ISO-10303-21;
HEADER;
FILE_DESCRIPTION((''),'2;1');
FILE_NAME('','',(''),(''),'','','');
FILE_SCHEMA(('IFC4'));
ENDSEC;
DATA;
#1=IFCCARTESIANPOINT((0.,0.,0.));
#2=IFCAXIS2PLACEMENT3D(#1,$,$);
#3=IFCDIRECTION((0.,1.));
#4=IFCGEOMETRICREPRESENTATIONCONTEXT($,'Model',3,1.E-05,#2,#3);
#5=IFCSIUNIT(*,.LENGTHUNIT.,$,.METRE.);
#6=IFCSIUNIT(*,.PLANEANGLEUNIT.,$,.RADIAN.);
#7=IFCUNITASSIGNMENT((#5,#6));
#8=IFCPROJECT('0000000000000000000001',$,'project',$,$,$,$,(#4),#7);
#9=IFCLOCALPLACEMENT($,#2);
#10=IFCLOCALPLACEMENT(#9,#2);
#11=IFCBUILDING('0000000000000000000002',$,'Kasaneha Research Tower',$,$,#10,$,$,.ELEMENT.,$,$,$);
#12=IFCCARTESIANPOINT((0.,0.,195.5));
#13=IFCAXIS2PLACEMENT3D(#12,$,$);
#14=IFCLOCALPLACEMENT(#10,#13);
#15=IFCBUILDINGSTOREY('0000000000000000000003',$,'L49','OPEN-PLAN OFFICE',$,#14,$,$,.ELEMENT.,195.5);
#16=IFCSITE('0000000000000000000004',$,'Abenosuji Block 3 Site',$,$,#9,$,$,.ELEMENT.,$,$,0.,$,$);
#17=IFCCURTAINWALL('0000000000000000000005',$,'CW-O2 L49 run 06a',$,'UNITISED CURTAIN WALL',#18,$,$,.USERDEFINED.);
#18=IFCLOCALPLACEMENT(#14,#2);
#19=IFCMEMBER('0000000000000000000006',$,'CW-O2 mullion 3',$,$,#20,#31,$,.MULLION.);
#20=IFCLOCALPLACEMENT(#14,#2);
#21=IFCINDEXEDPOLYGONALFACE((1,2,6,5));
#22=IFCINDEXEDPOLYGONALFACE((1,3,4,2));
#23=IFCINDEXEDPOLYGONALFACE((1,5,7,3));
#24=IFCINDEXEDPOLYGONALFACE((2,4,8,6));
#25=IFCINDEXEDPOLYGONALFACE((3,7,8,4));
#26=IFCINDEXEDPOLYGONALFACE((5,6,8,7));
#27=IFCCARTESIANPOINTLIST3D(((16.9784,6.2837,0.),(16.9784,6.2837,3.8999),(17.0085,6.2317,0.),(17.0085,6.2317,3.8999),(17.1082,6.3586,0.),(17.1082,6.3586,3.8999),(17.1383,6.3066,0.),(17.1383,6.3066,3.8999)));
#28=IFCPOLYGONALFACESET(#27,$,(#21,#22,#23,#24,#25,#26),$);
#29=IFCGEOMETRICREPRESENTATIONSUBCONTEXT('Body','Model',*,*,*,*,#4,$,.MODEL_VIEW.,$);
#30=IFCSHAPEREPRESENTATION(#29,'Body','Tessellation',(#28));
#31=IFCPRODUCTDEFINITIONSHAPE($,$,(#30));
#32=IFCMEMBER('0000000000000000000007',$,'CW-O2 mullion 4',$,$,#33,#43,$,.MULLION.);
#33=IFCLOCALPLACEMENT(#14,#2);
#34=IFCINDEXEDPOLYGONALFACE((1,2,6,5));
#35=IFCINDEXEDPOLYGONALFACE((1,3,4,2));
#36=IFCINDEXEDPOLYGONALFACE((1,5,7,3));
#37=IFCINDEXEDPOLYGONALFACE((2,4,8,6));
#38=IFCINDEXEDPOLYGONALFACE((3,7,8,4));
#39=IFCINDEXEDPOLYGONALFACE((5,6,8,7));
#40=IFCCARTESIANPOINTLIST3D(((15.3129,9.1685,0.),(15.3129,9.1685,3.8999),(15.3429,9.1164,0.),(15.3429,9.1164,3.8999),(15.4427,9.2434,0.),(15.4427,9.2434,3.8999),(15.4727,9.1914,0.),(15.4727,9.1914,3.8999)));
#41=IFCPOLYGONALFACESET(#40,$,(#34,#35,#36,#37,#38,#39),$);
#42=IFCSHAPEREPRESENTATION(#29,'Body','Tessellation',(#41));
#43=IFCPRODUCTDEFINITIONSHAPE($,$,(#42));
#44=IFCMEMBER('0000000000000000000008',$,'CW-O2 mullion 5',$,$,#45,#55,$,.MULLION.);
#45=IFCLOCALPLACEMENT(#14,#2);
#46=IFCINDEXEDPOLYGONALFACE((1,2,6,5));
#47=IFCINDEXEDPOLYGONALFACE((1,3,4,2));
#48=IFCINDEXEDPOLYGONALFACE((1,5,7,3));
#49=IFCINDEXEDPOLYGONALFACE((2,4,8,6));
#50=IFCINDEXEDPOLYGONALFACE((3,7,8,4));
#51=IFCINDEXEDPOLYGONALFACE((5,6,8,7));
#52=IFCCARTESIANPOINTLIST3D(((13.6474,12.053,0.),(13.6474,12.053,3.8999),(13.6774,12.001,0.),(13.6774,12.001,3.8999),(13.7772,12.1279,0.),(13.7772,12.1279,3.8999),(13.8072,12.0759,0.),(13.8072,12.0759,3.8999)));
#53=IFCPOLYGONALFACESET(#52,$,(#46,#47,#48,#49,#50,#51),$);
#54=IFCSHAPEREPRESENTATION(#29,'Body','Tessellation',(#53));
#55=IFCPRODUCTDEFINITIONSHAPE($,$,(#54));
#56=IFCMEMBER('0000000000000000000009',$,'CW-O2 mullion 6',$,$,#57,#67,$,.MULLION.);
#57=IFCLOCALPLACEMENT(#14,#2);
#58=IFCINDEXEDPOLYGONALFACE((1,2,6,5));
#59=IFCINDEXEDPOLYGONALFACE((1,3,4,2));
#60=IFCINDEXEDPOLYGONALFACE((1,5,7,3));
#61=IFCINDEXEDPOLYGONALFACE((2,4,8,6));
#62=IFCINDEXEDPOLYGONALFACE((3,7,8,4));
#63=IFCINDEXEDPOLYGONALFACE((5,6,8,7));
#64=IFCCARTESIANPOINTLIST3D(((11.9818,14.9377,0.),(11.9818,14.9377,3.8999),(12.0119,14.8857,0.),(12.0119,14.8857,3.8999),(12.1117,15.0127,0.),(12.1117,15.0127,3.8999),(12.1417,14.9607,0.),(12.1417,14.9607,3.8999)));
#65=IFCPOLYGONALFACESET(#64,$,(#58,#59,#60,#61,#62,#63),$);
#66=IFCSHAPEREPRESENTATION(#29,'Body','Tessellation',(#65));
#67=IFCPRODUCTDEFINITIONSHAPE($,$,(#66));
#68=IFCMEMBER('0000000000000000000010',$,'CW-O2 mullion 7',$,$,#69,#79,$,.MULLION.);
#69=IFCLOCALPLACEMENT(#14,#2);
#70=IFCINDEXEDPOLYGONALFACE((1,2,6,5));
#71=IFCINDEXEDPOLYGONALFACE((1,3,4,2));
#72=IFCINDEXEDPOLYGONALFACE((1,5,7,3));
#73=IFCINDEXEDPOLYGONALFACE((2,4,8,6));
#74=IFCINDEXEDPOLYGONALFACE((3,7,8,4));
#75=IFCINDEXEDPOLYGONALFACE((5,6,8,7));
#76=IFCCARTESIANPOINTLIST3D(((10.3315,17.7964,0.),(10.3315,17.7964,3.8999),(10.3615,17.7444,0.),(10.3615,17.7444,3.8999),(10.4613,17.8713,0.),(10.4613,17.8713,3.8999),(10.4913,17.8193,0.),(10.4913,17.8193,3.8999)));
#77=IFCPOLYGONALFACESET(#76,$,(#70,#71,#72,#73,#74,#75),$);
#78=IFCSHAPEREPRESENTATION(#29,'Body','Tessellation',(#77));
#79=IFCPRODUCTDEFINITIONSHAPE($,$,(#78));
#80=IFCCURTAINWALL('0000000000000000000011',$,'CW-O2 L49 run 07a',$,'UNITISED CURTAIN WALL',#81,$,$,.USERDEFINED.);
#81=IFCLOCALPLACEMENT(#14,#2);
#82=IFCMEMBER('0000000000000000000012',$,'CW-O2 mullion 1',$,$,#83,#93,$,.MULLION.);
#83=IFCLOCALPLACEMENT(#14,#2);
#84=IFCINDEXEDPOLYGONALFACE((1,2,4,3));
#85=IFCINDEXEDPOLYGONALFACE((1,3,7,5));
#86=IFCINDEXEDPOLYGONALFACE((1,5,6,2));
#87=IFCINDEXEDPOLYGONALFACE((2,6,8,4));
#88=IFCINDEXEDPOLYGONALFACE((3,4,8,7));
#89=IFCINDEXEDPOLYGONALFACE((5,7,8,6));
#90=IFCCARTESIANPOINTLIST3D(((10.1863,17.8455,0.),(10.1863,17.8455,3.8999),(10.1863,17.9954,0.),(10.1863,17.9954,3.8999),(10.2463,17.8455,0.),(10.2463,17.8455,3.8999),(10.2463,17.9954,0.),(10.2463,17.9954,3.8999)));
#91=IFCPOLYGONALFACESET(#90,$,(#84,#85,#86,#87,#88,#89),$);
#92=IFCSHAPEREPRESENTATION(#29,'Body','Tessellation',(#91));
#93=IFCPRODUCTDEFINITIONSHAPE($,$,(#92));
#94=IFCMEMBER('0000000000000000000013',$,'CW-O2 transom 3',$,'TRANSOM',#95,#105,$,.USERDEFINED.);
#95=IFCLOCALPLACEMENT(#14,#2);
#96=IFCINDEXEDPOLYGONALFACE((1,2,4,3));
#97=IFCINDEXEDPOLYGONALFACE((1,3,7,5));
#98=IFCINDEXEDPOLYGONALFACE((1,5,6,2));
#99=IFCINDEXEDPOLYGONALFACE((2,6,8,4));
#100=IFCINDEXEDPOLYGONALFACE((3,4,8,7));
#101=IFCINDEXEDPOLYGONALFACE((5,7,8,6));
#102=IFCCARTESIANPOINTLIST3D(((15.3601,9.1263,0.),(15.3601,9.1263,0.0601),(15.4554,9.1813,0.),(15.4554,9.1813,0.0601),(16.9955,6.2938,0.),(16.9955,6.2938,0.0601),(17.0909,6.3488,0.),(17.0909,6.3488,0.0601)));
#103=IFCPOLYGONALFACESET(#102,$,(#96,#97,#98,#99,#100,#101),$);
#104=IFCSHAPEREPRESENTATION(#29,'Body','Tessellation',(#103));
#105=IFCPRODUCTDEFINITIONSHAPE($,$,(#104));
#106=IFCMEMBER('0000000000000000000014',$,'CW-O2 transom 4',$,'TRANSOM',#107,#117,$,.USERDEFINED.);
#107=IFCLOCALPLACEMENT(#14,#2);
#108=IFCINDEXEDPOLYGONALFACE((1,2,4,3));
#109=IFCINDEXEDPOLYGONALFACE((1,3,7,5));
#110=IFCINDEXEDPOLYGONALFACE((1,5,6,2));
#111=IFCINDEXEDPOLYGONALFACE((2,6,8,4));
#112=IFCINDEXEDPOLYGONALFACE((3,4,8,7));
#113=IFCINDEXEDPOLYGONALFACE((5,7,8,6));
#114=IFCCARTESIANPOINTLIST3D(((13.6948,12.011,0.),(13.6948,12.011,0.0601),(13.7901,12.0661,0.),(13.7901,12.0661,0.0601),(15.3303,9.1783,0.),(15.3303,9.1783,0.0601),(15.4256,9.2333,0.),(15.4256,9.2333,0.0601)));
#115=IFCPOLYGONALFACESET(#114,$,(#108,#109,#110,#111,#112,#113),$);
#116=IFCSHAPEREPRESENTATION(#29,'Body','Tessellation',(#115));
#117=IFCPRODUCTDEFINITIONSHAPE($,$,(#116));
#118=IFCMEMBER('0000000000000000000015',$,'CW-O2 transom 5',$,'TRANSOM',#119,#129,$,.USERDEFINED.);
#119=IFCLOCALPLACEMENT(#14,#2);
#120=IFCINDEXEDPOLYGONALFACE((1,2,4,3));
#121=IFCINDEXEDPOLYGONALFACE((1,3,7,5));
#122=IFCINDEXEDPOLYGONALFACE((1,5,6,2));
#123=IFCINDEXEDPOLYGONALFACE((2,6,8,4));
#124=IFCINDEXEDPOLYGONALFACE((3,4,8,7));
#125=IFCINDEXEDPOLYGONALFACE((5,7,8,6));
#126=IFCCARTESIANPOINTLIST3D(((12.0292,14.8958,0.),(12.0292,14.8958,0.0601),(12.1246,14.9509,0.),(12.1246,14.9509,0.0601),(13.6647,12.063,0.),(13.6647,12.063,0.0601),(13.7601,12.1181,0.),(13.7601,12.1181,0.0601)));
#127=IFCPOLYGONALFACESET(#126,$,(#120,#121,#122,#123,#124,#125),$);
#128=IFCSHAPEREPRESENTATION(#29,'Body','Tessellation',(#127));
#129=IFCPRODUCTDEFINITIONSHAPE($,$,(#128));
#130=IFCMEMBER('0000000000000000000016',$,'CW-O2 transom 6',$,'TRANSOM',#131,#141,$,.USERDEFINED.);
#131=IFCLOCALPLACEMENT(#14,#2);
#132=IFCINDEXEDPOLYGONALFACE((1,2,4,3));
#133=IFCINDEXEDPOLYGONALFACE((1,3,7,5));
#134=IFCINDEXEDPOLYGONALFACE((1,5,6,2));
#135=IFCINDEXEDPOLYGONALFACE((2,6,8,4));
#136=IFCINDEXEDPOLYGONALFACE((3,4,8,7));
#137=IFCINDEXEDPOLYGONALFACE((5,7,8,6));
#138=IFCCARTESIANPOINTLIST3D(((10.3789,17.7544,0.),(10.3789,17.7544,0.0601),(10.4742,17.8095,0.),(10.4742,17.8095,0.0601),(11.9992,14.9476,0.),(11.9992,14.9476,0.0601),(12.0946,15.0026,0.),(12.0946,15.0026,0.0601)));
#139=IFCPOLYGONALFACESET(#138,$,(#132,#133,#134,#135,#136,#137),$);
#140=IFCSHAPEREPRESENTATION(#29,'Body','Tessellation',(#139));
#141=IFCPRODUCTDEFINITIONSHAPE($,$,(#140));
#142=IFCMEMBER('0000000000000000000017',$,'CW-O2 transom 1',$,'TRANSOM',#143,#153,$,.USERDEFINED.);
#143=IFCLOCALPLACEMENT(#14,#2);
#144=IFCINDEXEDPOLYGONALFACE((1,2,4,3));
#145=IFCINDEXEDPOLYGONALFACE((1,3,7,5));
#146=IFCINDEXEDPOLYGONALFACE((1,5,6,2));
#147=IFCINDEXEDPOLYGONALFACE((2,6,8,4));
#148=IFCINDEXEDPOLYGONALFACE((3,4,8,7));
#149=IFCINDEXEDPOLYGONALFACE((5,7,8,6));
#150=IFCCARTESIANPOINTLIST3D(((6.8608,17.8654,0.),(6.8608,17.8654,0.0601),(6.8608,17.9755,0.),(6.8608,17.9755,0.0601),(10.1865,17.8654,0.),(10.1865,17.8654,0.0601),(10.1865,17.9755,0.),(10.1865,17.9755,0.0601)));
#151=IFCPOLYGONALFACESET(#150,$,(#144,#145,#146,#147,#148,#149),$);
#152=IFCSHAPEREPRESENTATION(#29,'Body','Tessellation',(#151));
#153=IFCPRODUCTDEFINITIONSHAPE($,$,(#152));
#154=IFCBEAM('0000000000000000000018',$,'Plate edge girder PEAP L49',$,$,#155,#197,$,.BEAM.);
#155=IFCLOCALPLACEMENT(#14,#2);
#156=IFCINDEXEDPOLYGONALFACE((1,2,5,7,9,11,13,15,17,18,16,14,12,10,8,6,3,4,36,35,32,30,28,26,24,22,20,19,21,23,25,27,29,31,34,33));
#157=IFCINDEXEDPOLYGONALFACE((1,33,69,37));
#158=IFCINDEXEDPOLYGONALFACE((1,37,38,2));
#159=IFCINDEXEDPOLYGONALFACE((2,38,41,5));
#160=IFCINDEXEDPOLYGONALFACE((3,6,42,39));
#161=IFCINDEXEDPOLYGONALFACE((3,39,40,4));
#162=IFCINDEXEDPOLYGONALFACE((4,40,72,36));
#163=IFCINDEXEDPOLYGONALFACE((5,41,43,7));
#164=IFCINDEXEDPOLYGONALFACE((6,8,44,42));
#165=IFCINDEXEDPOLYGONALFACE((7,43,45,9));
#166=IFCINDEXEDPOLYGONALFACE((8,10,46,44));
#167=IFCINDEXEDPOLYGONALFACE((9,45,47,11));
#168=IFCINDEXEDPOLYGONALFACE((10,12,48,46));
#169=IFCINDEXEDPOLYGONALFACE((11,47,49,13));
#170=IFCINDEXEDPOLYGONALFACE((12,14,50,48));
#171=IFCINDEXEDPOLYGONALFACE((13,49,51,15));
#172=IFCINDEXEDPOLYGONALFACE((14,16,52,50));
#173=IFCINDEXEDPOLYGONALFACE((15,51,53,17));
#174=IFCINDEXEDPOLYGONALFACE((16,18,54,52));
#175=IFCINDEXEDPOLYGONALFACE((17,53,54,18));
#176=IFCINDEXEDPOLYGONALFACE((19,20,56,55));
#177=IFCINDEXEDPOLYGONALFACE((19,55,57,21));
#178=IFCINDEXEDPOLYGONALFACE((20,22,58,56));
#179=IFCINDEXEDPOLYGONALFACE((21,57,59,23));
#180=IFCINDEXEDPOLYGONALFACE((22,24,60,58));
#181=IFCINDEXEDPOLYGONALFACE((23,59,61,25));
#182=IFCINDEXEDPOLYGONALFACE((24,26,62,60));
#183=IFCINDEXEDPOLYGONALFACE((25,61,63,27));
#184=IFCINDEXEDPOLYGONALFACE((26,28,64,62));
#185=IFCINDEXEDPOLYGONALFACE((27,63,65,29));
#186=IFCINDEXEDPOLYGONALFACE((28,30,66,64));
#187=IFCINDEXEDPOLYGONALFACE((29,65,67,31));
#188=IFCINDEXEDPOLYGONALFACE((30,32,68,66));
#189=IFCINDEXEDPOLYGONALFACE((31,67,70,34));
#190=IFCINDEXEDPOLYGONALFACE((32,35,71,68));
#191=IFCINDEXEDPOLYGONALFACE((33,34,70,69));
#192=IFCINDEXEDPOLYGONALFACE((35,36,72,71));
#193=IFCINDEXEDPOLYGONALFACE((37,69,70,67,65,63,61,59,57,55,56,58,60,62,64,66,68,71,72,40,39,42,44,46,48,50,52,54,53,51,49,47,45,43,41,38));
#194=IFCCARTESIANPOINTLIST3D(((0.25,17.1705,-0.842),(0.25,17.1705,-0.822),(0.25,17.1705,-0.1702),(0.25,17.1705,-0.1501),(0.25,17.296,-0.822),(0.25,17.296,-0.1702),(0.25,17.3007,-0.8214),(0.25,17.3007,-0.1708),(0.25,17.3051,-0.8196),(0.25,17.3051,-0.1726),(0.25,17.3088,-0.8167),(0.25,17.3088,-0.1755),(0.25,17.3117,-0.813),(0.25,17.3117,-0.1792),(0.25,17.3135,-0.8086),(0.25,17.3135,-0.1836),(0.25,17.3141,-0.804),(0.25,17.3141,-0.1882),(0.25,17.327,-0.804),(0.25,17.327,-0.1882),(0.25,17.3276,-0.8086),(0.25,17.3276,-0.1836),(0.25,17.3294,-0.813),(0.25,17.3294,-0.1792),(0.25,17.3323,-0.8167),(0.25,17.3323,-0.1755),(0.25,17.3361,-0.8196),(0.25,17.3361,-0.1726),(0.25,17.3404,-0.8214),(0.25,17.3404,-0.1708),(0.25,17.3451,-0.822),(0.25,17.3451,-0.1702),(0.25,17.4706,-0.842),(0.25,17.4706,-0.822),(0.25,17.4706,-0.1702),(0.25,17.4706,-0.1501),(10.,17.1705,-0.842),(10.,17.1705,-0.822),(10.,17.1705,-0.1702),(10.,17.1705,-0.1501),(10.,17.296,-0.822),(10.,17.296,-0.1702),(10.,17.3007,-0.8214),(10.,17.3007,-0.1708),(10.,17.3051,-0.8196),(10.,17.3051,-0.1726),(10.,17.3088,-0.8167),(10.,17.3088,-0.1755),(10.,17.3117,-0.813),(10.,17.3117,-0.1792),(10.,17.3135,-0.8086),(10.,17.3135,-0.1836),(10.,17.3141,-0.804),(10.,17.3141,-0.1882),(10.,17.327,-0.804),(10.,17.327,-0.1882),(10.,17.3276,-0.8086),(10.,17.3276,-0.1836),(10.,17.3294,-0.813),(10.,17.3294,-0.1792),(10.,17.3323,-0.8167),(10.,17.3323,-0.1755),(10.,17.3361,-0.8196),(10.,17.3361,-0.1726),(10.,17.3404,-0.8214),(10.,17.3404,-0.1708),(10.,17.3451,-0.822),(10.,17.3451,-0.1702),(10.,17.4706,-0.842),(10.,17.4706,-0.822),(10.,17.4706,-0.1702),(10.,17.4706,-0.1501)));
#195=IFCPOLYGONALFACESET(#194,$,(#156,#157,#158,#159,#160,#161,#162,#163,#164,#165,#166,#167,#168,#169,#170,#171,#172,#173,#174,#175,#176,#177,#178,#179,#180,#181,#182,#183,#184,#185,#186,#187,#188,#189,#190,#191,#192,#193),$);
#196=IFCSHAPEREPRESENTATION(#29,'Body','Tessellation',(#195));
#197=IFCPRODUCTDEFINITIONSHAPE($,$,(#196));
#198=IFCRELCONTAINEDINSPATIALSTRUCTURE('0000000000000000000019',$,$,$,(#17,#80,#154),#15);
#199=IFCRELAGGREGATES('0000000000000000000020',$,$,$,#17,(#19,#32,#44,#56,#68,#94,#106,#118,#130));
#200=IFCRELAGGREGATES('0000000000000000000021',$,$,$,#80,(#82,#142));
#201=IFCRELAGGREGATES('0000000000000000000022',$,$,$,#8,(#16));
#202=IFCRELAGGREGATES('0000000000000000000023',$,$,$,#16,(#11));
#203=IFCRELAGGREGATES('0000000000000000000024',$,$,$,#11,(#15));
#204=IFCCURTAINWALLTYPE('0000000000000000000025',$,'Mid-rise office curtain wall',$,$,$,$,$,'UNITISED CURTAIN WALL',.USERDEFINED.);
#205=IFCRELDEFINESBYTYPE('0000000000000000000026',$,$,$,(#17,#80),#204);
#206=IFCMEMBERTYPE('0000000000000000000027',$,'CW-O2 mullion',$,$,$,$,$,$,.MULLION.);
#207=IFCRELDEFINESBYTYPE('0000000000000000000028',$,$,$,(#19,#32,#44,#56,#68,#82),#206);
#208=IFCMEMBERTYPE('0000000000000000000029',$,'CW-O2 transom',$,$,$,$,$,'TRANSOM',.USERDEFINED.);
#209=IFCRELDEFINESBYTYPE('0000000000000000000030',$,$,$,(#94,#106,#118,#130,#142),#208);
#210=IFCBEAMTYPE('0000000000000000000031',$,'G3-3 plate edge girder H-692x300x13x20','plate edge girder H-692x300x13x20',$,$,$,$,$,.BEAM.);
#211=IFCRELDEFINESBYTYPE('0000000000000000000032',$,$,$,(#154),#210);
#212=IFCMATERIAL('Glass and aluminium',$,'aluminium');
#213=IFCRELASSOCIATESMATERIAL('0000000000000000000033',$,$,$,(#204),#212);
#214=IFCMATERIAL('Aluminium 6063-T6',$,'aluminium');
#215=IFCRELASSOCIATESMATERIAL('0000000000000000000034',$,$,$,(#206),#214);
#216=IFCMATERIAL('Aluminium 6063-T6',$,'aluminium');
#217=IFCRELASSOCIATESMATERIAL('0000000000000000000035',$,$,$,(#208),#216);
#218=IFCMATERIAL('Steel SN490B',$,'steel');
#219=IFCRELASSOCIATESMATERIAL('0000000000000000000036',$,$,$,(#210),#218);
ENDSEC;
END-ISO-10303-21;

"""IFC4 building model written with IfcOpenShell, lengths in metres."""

from ifc_helpers import new_model, si_unit, direction, frame, origin, origin_2d, place, context, subcontext, project, spatial, rectangle, i_section, extrude, material, material_profile, profile_set, type_object, element, aggregate, save


model = new_model("IFC4")

# Units and contexts
model_context = context("Model", 3, precision=1e-05, world=origin(), true_north=direction((0.0, 1.0)))
body_context = subcontext(model_context, "Body", "Model", "MODEL_VIEW")
ifc_project = project(units=[si_unit("LENGTHUNIT", "METRE"), si_unit("PLANEANGLEUNIT", "RADIAN")], contexts=[model_context])

# Site, building, storey
site_placement = place(None, origin())
site = spatial("IfcSite", under=ifc_project, at=site_placement, Name="Abenosuji Block 3 Site", CompositionType="ELEMENT", RefElevation=0.0)
building_placement = place(site_placement, origin())
building = spatial("IfcBuilding", under=site, at=building_placement, Name="Kasaneha Research Tower", CompositionType="ELEMENT")
storey_placement = place(building_placement, frame((0.0, 0.0, 195.5)))
storey = spatial("IfcBuildingStorey", under=building, at=storey_placement, Name="L49", Description="OPEN-PLAN OFFICE", CompositionType="ELEMENT", Elevation=195.5)

# Curtain wall, members
ifc_material_1 = material(Name="Glass and aluminium", Category="aluminium")
curtain_wall_type = type_object("IfcCurtainWallType", Name="Mid-rise office curtain wall", ElementType="UNITISED CURTAIN WALL", PredefinedType="USERDEFINED", material=ifc_material_1)
curtain_wall_1_placement = place(storey_placement, origin())
curtain_wall_1 = element("IfcCurtainWall", 1, at=curtain_wall_1_placement, inside=storey, type_object=curtain_wall_type, Name="CW-O2 L49 run 06a", ObjectType="UNITISED CURTAIN WALL", PredefinedType="USERDEFINED")
ifc_material_2 = material(Name="Aluminium 6063-T6", Category="aluminium")
ifc_material_profile_1 = material_profile(ifc_material_2, rectangle(XDim=0.0601, YDim=0.1499, at=origin_2d()), Name="CW-O2 mullion 60x150")
ifc_profile_set_1 = profile_set([ifc_material_profile_1], Name="Aluminium 6063-T6")
member_type_1 = type_object("IfcMemberType", Name="CW-O2 mullion", PredefinedType="MULLION", material=ifc_profile_set_1)
member_1_placement = place(storey_placement, frame((17.0583, 6.2952, 0.0), z_axis=(0.0, 0.0, 1.0), x_axis=(-0.5, 0.866025, 0.0)))
member_1 = element("IfcMember", 2, at=member_1_placement, type_object=member_type_1, Name="CW-O2 mullion 3", PredefinedType="MULLION", context=body_context, shape_type="SweptSolid", body=[
    extrude(rectangle(XDim=0.0601, YDim=0.1499, at=origin_2d()), origin(), (0.0, 0.0, 1.0), 3.8999),
])
member_2_placement = place(storey_placement, frame((15.3928, 9.1799, 0.0), z_axis=(0.0, 0.0, 1.0), x_axis=(-0.5, 0.866025, 0.0)))
member_2 = element("IfcMember", 3, at=member_2_placement, type_object=member_type_1, Name="CW-O2 mullion 4", PredefinedType="MULLION", context=body_context, shape_type="SweptSolid", body=[
    extrude(rectangle(XDim=0.0601, YDim=0.1499, at=origin_2d()), origin(), (0.0, 0.0, 1.0), 3.8999),
])
member_3_placement = place(storey_placement, frame((13.7273, 12.0645, 0.0), z_axis=(0.0, 0.0, 1.0), x_axis=(-0.5, 0.866025, 0.0)))
member_3 = element("IfcMember", 4, at=member_3_placement, type_object=member_type_1, Name="CW-O2 mullion 5", PredefinedType="MULLION", context=body_context, shape_type="SweptSolid", body=[
    extrude(rectangle(XDim=0.0601, YDim=0.1499, at=origin_2d()), origin(), (0.0, 0.0, 1.0), 3.8999),
])
member_4_placement = place(storey_placement, frame((12.0618, 14.9492, 0.0), z_axis=(0.0, 0.0, 1.0), x_axis=(-0.5, 0.866025, 0.0)))
member_4 = element("IfcMember", 5, at=member_4_placement, type_object=member_type_1, Name="CW-O2 mullion 6", PredefinedType="MULLION", context=body_context, shape_type="SweptSolid", body=[
    extrude(rectangle(XDim=0.0601, YDim=0.1499, at=origin_2d()), origin(), (0.0, 0.0, 1.0), 3.8999),
])
member_5_placement = place(storey_placement, frame((10.4114, 17.8079, 0.0), z_axis=(0.0, 0.0, 1.0), x_axis=(-0.5, 0.866025, 0.0)))
member_5 = element("IfcMember", 6, at=member_5_placement, type_object=member_type_1, Name="CW-O2 mullion 7", PredefinedType="MULLION", context=body_context, shape_type="SweptSolid", body=[
    extrude(rectangle(XDim=0.0601, YDim=0.1499, at=origin_2d()), origin(), (0.0, 0.0, 1.0), 3.8999),
])

# Curtain wall, member
curtain_wall_2_placement = place(storey_placement, origin())
curtain_wall_2 = element("IfcCurtainWall", 7, at=curtain_wall_2_placement, inside=storey, type_object=curtain_wall_type, Name="CW-O2 L49 run 07a", ObjectType="UNITISED CURTAIN WALL", PredefinedType="USERDEFINED")
member_6_placement = place(storey_placement, frame((10.2163, 17.9204, 0.0), z_axis=(0.0, 0.0, 1.0), x_axis=(-1.0, 0.0, 0.0)))
member_6 = element("IfcMember", 8, at=member_6_placement, type_object=member_type_1, Name="CW-O2 mullion 1", PredefinedType="MULLION", context=body_context, shape_type="SweptSolid", body=[
    extrude(rectangle(XDim=0.0601, YDim=0.1499, at=origin_2d()), origin(), (0.0, 0.0, 1.0), 3.8999),
])

# Members
ifc_material_3 = material(Name="Aluminium 6063-T6", Category="aluminium")
ifc_material_profile_2 = material_profile(ifc_material_3, rectangle(XDim=0.1101, YDim=0.0601, at=origin_2d()), Name="CW-O2 transom 110x60")
ifc_profile_set_2 = profile_set([ifc_material_profile_2], Name="Aluminium 6063-T6")
member_type_2 = type_object("IfcMemberType", Name="CW-O2 transom", ElementType="TRANSOM", PredefinedType="USERDEFINED", material=ifc_profile_set_2)
member_7_placement = place(storey_placement, frame((17.0432, 6.3213, 0.03), z_axis=(-0.500033, 0.866007, 0.0), x_axis=(-0.866007, -0.500033, 0.0)))
member_7 = element("IfcMember", 9, at=member_7_placement, type_object=member_type_2, Name="CW-O2 transom 3", ObjectType="TRANSOM", PredefinedType="USERDEFINED", context=body_context, shape_type="SweptSolid", body=[
    extrude(rectangle(XDim=0.1101, YDim=0.0601, at=origin_2d()), origin(), (0.0, 0.0, 1.0), 3.2708),
])
member_8_placement = place(storey_placement, frame((15.3779, 9.2058, 0.03), z_axis=(-0.5, 0.866025, 0.0), x_axis=(-0.866025, -0.5, 0.0)))
member_8 = element("IfcMember", 10, at=member_8_placement, type_object=member_type_2, Name="CW-O2 transom 4", ObjectType="TRANSOM", PredefinedType="USERDEFINED", context=body_context, shape_type="SweptSolid", body=[
    extrude(rectangle(XDim=0.1101, YDim=0.0601, at=origin_2d()), origin(), (0.0, 0.0, 1.0), 3.271),
])
member_9_placement = place(storey_placement, frame((13.7124, 12.0906, 0.03), z_axis=(-0.5, 0.866025, 0.0), x_axis=(-0.866025, -0.5, 0.0)))
member_9 = element("IfcMember", 11, at=member_9_placement, type_object=member_type_2, Name="CW-O2 transom 5", ObjectType="TRANSOM", PredefinedType="USERDEFINED", context=body_context, shape_type="SweptSolid", body=[
    extrude(rectangle(XDim=0.1101, YDim=0.0601, at=origin_2d()), origin(), (0.0, 0.0, 1.0), 3.271),
])
member_10_placement = place(storey_placement, frame((12.0469, 14.9751, 0.03), z_axis=(-0.499955, 0.866051, 0.0), x_axis=(-0.866051, -0.499955, 0.0)))
member_10 = element("IfcMember", 12, at=member_10_placement, type_object=member_type_2, Name="CW-O2 transom 6", ObjectType="TRANSOM", PredefinedType="USERDEFINED", context=body_context, shape_type="SweptSolid", body=[
    extrude(rectangle(XDim=0.1101, YDim=0.0601, at=origin_2d()), origin(), (0.0, 0.0, 1.0), 3.241),
])
member_11_placement = place(storey_placement, frame((10.1865, 17.9204, 0.03), z_axis=(-1.0, 0.0, 0.0), x_axis=(0.0, -1.0, 0.0)))
member_11 = element("IfcMember", 13, at=member_11_placement, type_object=member_type_2, Name="CW-O2 transom 1", ObjectType="TRANSOM", PredefinedType="USERDEFINED", context=body_context, shape_type="SweptSolid", body=[
    extrude(rectangle(XDim=0.1101, YDim=0.0601, at=origin_2d()), origin(), (0.0, 0.0, 1.0), 3.3257),
])

# Beam
ifc_material_4 = material(Name="Steel SN490B", Category="steel")
ifc_material_profile_3 = material_profile(ifc_material_4, i_section(OverallWidth=0.3, OverallDepth=0.6919, WebThickness=0.0129, FlangeThickness=0.02, FilletRadius=0.0181, at=origin_2d()), Name="H-692x300x13x20")
ifc_profile_set_3 = profile_set([ifc_material_profile_3], Name="Steel SN490B")
beam_type_1 = type_object("IfcBeamType", Name="G3-3 plate edge girder H-692x300x13x20", Description="plate edge girder H-692x300x13x20", PredefinedType="BEAM", material=ifc_profile_set_3)
beam_1_placement = place(storey_placement, frame((10.0, 17.3206, -0.4961), z_axis=(-1.0, 0.0, 0.0), x_axis=(0.0, -1.0, 0.0)))
element("IfcBeam", 14, at=beam_1_placement, inside=storey, type_object=beam_type_1, Name="Plate edge girder PEAP L49", PredefinedType="BEAM", context=body_context, shape_type="SweptSolid", body=[
    extrude(i_section(OverallWidth=0.3, OverallDepth=0.6919, WebThickness=0.0129, FlangeThickness=0.02, FilletRadius=0.0181, at=origin_2d()), origin(), (0.0, 0.0, 1.0), 9.75),
])

aggregate(curtain_wall_1, [member_1, member_2, member_3, member_4, member_5, member_7, member_8, member_9, member_10])
aggregate(curtain_wall_2, [member_6, member_11])

save(model, "model.ifc")
